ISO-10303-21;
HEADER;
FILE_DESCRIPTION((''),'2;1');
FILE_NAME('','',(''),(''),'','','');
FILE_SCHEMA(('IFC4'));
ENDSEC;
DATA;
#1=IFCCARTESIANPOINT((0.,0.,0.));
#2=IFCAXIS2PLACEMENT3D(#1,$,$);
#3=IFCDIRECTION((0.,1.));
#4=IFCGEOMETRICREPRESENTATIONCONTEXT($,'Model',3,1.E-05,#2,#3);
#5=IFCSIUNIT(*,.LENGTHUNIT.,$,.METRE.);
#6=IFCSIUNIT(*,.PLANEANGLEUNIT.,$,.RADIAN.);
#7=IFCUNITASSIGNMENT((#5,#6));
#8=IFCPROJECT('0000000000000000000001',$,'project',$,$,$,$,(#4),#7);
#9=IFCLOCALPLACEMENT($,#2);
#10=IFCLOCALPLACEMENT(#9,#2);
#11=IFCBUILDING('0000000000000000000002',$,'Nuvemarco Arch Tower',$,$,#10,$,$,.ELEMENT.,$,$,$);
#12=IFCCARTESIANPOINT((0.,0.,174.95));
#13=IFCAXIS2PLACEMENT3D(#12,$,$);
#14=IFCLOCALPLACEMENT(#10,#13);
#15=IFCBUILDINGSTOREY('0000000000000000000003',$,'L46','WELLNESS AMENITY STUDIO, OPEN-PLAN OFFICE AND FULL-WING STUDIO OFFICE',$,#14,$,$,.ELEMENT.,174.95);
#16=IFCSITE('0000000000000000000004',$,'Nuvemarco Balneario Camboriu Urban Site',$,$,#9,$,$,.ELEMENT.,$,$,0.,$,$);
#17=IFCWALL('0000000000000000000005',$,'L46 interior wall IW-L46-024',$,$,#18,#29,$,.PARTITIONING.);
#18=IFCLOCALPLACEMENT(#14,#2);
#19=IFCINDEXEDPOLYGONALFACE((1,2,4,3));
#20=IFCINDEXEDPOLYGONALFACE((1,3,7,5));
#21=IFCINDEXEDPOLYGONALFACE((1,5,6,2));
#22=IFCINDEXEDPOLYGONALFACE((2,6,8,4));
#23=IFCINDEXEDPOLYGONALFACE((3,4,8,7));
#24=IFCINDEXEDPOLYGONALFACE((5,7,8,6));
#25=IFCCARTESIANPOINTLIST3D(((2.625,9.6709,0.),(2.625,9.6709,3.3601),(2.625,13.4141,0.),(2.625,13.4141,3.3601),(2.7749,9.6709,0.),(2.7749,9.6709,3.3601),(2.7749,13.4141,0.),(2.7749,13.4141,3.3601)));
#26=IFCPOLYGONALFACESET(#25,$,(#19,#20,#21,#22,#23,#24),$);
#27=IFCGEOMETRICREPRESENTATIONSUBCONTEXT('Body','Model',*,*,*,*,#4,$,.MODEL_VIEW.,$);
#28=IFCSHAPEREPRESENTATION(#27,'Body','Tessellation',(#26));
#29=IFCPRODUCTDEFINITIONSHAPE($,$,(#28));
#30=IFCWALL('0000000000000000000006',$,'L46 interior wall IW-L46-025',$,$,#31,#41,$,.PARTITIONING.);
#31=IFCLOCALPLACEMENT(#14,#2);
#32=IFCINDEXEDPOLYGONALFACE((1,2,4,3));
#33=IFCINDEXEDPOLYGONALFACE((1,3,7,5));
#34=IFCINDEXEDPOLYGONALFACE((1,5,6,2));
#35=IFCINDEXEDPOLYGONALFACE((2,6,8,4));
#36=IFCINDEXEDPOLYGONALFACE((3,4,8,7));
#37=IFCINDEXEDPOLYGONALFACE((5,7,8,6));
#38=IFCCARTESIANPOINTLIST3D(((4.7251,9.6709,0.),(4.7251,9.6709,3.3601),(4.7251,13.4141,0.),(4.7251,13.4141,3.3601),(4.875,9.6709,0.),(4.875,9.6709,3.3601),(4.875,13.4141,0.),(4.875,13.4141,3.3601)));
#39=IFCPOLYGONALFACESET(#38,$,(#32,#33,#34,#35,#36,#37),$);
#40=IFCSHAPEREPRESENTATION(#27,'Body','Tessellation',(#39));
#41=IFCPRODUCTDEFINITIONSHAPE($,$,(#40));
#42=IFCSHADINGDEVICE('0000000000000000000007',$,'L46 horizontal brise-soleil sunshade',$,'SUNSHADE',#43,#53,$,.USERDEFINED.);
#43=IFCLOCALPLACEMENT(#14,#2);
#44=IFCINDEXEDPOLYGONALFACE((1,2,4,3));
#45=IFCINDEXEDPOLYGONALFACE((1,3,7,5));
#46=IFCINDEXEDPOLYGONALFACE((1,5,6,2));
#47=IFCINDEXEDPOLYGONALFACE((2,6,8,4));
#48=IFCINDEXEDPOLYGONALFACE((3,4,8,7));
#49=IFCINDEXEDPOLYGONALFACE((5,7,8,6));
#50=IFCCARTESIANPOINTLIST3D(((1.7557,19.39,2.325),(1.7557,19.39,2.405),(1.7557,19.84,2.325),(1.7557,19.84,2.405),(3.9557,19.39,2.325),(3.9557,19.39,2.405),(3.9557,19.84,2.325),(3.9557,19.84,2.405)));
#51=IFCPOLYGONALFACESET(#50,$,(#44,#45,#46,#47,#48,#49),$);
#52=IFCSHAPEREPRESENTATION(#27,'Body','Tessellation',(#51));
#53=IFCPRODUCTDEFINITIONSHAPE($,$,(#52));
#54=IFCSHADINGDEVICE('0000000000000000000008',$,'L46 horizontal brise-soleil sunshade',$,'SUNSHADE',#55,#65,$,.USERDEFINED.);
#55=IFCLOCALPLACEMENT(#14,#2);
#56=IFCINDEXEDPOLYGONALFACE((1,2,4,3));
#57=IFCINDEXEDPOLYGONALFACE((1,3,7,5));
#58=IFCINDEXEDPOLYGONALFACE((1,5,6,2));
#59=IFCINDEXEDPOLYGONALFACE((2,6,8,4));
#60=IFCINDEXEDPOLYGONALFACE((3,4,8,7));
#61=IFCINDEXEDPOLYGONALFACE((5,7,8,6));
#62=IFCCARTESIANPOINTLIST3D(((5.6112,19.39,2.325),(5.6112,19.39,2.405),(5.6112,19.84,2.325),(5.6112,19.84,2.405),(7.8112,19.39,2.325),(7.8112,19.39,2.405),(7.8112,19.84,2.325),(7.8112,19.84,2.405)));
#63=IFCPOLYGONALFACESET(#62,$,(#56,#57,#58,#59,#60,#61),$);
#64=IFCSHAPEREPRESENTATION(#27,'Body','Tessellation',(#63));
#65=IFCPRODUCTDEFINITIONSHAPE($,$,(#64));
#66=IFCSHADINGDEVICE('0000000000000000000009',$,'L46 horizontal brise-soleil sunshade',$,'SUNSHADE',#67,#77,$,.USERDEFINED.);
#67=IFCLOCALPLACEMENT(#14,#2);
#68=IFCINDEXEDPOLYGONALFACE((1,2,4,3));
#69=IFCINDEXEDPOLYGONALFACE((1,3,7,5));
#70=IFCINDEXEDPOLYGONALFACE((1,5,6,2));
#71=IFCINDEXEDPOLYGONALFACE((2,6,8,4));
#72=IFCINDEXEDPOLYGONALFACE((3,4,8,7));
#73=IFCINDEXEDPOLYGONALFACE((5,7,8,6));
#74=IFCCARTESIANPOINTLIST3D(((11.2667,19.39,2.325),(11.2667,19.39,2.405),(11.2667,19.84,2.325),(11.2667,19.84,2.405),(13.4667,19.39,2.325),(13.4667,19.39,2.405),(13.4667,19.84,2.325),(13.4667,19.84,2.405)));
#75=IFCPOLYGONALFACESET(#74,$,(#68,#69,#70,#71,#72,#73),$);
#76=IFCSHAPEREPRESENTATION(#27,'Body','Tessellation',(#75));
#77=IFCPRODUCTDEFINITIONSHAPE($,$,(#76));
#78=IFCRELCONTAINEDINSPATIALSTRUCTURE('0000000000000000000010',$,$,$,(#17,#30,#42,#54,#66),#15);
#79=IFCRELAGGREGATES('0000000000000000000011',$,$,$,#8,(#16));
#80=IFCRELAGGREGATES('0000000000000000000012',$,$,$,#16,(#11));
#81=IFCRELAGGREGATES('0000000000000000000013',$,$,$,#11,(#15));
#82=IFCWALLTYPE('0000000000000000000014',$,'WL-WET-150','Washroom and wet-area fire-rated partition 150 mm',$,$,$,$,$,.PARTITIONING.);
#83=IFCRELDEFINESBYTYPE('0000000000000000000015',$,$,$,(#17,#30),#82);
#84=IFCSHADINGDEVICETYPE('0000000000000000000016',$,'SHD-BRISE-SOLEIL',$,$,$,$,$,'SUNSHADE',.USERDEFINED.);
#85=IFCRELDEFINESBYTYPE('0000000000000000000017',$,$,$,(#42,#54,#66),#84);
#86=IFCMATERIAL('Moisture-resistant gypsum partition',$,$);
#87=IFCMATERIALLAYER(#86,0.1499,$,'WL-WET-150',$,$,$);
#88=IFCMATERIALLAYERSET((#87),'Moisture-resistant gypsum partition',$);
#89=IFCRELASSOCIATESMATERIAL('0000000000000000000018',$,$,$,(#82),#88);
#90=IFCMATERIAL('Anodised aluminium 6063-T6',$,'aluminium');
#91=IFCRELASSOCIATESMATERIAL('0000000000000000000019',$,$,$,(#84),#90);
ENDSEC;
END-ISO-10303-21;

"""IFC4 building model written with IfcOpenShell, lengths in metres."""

from ifc_helpers import new_model, si_unit, direction, frame, frame_2d, origin, origin_2d, place, context, subcontext, project, spatial, rectangle, extrude, source, transform, mapped, material, layer, layer_set, type_object, type_shapes, element, save


model = new_model("IFC4")

# Units and contexts
model_context = context("Model", 3, precision=1e-05, world=origin(), true_north=direction((0.0, 1.0)))
body_context = subcontext(model_context, "Body", "Model", "MODEL_VIEW")
ifc_project = project(units=[si_unit("LENGTHUNIT", "METRE"), si_unit("PLANEANGLEUNIT", "RADIAN")], contexts=[model_context])

# Site, building, storey
site_placement = place(None, origin())
site = spatial("IfcSite", under=ifc_project, at=site_placement, Name="Nuvemarco Balneario Camboriu Urban Site", CompositionType="ELEMENT", RefElevation=0.0)
building_placement = place(site_placement, origin())
building = spatial("IfcBuilding", under=site, at=building_placement, Name="Nuvemarco Arch Tower", CompositionType="ELEMENT")
storey_placement = place(building_placement, frame((0.0, 0.0, 174.95)))
storey = spatial("IfcBuildingStorey", under=building, at=storey_placement, Name="L46", Description="WELLNESS AMENITY STUDIO, OPEN-PLAN OFFICE AND FULL-WING STUDIO OFFICE", CompositionType="ELEMENT", Elevation=174.95)

# Walls
ifc_material_1 = material(Name="Moisture-resistant gypsum partition")
ifc_layer_1 = layer(ifc_material_1, 0.1499, Name="WL-WET-150")
ifc_layer_set_1 = layer_set([ifc_layer_1], Name="Moisture-resistant gypsum partition")
wall_type_1 = type_object("IfcWallType", Name="WL-WET-150", Description="Washroom and wet-area fire-rated partition 150 mm", PredefinedType="PARTITIONING", material=ifc_layer_set_1)
for number, where, z_axis, x_axis, name in (
    (1, (2.7, 9.6709, 0.0), (0.0, 0.0, 1.0), (0.0, 1.0, 0.0), "L46 interior wall IW-L46-024"),
    (2, (4.8, 9.6709, 0.0), (0.0, 0.0, 1.0), (0.0, 1.0, 0.0), "L46 interior wall IW-L46-025"),
):
    element("IfcWall", number, at=place(storey_placement, frame(where, z_axis=z_axis, x_axis=x_axis)), inside=storey, type_object=wall_type_1, Name=name, PredefinedType="PARTITIONING", context=body_context, shape_type="SweptSolid", body=[
        extrude(rectangle(XDim=3.7432, YDim=0.1499, at=frame_2d((1.8716, 0.0))), origin(), (0.0, 0.0, 1.0), 3.3601),
    ])

# Shading devices
ifc_material_2 = material(Name="Anodised aluminium 6063-T6", Category="aluminium")
shading_device_type = type_object("IfcShadingDeviceType", Name="SHD-BRISE-SOLEIL", ElementType="SUNSHADE", PredefinedType="USERDEFINED", material=ifc_material_2)
shared_shape = source(origin(), body_context, "Body", "SweptSolid", [
    extrude(rectangle(XDim=2.2, YDim=0.45, at=origin_2d()), origin(), (0.0, 0.0, 1.0), 0.0801),
])
type_shapes(shading_device_type, [shared_shape])
for number, where, z_axis, x_axis, name in (
    (3, (2.8557, 19.615, 2.325), (0.0, 0.0, 1.0), (1.0, 0.0, 0.0), "L46 horizontal brise-soleil sunshade"),
    (4, (6.7112, 19.615, 2.325), (0.0, 0.0, 1.0), (1.0, 0.0, 0.0), "L46 horizontal brise-soleil sunshade"),
    (5, (12.3667, 19.615, 2.325), (0.0, 0.0, 1.0), (1.0, 0.0, 0.0), "L46 horizontal brise-soleil sunshade"),
):
    element("IfcShadingDevice", number, at=place(storey_placement, frame(where, z_axis=z_axis, x_axis=x_axis)), inside=storey, type_object=shading_device_type, Name=name, ObjectType="SUNSHADE", PredefinedType="USERDEFINED", context=body_context, shape_type="MappedRepresentation", body=[
        mapped(shared_shape, transform((0.0, 0.0, 0.0), scale=1.0)),
    ])

save(model, "model.ifc")
